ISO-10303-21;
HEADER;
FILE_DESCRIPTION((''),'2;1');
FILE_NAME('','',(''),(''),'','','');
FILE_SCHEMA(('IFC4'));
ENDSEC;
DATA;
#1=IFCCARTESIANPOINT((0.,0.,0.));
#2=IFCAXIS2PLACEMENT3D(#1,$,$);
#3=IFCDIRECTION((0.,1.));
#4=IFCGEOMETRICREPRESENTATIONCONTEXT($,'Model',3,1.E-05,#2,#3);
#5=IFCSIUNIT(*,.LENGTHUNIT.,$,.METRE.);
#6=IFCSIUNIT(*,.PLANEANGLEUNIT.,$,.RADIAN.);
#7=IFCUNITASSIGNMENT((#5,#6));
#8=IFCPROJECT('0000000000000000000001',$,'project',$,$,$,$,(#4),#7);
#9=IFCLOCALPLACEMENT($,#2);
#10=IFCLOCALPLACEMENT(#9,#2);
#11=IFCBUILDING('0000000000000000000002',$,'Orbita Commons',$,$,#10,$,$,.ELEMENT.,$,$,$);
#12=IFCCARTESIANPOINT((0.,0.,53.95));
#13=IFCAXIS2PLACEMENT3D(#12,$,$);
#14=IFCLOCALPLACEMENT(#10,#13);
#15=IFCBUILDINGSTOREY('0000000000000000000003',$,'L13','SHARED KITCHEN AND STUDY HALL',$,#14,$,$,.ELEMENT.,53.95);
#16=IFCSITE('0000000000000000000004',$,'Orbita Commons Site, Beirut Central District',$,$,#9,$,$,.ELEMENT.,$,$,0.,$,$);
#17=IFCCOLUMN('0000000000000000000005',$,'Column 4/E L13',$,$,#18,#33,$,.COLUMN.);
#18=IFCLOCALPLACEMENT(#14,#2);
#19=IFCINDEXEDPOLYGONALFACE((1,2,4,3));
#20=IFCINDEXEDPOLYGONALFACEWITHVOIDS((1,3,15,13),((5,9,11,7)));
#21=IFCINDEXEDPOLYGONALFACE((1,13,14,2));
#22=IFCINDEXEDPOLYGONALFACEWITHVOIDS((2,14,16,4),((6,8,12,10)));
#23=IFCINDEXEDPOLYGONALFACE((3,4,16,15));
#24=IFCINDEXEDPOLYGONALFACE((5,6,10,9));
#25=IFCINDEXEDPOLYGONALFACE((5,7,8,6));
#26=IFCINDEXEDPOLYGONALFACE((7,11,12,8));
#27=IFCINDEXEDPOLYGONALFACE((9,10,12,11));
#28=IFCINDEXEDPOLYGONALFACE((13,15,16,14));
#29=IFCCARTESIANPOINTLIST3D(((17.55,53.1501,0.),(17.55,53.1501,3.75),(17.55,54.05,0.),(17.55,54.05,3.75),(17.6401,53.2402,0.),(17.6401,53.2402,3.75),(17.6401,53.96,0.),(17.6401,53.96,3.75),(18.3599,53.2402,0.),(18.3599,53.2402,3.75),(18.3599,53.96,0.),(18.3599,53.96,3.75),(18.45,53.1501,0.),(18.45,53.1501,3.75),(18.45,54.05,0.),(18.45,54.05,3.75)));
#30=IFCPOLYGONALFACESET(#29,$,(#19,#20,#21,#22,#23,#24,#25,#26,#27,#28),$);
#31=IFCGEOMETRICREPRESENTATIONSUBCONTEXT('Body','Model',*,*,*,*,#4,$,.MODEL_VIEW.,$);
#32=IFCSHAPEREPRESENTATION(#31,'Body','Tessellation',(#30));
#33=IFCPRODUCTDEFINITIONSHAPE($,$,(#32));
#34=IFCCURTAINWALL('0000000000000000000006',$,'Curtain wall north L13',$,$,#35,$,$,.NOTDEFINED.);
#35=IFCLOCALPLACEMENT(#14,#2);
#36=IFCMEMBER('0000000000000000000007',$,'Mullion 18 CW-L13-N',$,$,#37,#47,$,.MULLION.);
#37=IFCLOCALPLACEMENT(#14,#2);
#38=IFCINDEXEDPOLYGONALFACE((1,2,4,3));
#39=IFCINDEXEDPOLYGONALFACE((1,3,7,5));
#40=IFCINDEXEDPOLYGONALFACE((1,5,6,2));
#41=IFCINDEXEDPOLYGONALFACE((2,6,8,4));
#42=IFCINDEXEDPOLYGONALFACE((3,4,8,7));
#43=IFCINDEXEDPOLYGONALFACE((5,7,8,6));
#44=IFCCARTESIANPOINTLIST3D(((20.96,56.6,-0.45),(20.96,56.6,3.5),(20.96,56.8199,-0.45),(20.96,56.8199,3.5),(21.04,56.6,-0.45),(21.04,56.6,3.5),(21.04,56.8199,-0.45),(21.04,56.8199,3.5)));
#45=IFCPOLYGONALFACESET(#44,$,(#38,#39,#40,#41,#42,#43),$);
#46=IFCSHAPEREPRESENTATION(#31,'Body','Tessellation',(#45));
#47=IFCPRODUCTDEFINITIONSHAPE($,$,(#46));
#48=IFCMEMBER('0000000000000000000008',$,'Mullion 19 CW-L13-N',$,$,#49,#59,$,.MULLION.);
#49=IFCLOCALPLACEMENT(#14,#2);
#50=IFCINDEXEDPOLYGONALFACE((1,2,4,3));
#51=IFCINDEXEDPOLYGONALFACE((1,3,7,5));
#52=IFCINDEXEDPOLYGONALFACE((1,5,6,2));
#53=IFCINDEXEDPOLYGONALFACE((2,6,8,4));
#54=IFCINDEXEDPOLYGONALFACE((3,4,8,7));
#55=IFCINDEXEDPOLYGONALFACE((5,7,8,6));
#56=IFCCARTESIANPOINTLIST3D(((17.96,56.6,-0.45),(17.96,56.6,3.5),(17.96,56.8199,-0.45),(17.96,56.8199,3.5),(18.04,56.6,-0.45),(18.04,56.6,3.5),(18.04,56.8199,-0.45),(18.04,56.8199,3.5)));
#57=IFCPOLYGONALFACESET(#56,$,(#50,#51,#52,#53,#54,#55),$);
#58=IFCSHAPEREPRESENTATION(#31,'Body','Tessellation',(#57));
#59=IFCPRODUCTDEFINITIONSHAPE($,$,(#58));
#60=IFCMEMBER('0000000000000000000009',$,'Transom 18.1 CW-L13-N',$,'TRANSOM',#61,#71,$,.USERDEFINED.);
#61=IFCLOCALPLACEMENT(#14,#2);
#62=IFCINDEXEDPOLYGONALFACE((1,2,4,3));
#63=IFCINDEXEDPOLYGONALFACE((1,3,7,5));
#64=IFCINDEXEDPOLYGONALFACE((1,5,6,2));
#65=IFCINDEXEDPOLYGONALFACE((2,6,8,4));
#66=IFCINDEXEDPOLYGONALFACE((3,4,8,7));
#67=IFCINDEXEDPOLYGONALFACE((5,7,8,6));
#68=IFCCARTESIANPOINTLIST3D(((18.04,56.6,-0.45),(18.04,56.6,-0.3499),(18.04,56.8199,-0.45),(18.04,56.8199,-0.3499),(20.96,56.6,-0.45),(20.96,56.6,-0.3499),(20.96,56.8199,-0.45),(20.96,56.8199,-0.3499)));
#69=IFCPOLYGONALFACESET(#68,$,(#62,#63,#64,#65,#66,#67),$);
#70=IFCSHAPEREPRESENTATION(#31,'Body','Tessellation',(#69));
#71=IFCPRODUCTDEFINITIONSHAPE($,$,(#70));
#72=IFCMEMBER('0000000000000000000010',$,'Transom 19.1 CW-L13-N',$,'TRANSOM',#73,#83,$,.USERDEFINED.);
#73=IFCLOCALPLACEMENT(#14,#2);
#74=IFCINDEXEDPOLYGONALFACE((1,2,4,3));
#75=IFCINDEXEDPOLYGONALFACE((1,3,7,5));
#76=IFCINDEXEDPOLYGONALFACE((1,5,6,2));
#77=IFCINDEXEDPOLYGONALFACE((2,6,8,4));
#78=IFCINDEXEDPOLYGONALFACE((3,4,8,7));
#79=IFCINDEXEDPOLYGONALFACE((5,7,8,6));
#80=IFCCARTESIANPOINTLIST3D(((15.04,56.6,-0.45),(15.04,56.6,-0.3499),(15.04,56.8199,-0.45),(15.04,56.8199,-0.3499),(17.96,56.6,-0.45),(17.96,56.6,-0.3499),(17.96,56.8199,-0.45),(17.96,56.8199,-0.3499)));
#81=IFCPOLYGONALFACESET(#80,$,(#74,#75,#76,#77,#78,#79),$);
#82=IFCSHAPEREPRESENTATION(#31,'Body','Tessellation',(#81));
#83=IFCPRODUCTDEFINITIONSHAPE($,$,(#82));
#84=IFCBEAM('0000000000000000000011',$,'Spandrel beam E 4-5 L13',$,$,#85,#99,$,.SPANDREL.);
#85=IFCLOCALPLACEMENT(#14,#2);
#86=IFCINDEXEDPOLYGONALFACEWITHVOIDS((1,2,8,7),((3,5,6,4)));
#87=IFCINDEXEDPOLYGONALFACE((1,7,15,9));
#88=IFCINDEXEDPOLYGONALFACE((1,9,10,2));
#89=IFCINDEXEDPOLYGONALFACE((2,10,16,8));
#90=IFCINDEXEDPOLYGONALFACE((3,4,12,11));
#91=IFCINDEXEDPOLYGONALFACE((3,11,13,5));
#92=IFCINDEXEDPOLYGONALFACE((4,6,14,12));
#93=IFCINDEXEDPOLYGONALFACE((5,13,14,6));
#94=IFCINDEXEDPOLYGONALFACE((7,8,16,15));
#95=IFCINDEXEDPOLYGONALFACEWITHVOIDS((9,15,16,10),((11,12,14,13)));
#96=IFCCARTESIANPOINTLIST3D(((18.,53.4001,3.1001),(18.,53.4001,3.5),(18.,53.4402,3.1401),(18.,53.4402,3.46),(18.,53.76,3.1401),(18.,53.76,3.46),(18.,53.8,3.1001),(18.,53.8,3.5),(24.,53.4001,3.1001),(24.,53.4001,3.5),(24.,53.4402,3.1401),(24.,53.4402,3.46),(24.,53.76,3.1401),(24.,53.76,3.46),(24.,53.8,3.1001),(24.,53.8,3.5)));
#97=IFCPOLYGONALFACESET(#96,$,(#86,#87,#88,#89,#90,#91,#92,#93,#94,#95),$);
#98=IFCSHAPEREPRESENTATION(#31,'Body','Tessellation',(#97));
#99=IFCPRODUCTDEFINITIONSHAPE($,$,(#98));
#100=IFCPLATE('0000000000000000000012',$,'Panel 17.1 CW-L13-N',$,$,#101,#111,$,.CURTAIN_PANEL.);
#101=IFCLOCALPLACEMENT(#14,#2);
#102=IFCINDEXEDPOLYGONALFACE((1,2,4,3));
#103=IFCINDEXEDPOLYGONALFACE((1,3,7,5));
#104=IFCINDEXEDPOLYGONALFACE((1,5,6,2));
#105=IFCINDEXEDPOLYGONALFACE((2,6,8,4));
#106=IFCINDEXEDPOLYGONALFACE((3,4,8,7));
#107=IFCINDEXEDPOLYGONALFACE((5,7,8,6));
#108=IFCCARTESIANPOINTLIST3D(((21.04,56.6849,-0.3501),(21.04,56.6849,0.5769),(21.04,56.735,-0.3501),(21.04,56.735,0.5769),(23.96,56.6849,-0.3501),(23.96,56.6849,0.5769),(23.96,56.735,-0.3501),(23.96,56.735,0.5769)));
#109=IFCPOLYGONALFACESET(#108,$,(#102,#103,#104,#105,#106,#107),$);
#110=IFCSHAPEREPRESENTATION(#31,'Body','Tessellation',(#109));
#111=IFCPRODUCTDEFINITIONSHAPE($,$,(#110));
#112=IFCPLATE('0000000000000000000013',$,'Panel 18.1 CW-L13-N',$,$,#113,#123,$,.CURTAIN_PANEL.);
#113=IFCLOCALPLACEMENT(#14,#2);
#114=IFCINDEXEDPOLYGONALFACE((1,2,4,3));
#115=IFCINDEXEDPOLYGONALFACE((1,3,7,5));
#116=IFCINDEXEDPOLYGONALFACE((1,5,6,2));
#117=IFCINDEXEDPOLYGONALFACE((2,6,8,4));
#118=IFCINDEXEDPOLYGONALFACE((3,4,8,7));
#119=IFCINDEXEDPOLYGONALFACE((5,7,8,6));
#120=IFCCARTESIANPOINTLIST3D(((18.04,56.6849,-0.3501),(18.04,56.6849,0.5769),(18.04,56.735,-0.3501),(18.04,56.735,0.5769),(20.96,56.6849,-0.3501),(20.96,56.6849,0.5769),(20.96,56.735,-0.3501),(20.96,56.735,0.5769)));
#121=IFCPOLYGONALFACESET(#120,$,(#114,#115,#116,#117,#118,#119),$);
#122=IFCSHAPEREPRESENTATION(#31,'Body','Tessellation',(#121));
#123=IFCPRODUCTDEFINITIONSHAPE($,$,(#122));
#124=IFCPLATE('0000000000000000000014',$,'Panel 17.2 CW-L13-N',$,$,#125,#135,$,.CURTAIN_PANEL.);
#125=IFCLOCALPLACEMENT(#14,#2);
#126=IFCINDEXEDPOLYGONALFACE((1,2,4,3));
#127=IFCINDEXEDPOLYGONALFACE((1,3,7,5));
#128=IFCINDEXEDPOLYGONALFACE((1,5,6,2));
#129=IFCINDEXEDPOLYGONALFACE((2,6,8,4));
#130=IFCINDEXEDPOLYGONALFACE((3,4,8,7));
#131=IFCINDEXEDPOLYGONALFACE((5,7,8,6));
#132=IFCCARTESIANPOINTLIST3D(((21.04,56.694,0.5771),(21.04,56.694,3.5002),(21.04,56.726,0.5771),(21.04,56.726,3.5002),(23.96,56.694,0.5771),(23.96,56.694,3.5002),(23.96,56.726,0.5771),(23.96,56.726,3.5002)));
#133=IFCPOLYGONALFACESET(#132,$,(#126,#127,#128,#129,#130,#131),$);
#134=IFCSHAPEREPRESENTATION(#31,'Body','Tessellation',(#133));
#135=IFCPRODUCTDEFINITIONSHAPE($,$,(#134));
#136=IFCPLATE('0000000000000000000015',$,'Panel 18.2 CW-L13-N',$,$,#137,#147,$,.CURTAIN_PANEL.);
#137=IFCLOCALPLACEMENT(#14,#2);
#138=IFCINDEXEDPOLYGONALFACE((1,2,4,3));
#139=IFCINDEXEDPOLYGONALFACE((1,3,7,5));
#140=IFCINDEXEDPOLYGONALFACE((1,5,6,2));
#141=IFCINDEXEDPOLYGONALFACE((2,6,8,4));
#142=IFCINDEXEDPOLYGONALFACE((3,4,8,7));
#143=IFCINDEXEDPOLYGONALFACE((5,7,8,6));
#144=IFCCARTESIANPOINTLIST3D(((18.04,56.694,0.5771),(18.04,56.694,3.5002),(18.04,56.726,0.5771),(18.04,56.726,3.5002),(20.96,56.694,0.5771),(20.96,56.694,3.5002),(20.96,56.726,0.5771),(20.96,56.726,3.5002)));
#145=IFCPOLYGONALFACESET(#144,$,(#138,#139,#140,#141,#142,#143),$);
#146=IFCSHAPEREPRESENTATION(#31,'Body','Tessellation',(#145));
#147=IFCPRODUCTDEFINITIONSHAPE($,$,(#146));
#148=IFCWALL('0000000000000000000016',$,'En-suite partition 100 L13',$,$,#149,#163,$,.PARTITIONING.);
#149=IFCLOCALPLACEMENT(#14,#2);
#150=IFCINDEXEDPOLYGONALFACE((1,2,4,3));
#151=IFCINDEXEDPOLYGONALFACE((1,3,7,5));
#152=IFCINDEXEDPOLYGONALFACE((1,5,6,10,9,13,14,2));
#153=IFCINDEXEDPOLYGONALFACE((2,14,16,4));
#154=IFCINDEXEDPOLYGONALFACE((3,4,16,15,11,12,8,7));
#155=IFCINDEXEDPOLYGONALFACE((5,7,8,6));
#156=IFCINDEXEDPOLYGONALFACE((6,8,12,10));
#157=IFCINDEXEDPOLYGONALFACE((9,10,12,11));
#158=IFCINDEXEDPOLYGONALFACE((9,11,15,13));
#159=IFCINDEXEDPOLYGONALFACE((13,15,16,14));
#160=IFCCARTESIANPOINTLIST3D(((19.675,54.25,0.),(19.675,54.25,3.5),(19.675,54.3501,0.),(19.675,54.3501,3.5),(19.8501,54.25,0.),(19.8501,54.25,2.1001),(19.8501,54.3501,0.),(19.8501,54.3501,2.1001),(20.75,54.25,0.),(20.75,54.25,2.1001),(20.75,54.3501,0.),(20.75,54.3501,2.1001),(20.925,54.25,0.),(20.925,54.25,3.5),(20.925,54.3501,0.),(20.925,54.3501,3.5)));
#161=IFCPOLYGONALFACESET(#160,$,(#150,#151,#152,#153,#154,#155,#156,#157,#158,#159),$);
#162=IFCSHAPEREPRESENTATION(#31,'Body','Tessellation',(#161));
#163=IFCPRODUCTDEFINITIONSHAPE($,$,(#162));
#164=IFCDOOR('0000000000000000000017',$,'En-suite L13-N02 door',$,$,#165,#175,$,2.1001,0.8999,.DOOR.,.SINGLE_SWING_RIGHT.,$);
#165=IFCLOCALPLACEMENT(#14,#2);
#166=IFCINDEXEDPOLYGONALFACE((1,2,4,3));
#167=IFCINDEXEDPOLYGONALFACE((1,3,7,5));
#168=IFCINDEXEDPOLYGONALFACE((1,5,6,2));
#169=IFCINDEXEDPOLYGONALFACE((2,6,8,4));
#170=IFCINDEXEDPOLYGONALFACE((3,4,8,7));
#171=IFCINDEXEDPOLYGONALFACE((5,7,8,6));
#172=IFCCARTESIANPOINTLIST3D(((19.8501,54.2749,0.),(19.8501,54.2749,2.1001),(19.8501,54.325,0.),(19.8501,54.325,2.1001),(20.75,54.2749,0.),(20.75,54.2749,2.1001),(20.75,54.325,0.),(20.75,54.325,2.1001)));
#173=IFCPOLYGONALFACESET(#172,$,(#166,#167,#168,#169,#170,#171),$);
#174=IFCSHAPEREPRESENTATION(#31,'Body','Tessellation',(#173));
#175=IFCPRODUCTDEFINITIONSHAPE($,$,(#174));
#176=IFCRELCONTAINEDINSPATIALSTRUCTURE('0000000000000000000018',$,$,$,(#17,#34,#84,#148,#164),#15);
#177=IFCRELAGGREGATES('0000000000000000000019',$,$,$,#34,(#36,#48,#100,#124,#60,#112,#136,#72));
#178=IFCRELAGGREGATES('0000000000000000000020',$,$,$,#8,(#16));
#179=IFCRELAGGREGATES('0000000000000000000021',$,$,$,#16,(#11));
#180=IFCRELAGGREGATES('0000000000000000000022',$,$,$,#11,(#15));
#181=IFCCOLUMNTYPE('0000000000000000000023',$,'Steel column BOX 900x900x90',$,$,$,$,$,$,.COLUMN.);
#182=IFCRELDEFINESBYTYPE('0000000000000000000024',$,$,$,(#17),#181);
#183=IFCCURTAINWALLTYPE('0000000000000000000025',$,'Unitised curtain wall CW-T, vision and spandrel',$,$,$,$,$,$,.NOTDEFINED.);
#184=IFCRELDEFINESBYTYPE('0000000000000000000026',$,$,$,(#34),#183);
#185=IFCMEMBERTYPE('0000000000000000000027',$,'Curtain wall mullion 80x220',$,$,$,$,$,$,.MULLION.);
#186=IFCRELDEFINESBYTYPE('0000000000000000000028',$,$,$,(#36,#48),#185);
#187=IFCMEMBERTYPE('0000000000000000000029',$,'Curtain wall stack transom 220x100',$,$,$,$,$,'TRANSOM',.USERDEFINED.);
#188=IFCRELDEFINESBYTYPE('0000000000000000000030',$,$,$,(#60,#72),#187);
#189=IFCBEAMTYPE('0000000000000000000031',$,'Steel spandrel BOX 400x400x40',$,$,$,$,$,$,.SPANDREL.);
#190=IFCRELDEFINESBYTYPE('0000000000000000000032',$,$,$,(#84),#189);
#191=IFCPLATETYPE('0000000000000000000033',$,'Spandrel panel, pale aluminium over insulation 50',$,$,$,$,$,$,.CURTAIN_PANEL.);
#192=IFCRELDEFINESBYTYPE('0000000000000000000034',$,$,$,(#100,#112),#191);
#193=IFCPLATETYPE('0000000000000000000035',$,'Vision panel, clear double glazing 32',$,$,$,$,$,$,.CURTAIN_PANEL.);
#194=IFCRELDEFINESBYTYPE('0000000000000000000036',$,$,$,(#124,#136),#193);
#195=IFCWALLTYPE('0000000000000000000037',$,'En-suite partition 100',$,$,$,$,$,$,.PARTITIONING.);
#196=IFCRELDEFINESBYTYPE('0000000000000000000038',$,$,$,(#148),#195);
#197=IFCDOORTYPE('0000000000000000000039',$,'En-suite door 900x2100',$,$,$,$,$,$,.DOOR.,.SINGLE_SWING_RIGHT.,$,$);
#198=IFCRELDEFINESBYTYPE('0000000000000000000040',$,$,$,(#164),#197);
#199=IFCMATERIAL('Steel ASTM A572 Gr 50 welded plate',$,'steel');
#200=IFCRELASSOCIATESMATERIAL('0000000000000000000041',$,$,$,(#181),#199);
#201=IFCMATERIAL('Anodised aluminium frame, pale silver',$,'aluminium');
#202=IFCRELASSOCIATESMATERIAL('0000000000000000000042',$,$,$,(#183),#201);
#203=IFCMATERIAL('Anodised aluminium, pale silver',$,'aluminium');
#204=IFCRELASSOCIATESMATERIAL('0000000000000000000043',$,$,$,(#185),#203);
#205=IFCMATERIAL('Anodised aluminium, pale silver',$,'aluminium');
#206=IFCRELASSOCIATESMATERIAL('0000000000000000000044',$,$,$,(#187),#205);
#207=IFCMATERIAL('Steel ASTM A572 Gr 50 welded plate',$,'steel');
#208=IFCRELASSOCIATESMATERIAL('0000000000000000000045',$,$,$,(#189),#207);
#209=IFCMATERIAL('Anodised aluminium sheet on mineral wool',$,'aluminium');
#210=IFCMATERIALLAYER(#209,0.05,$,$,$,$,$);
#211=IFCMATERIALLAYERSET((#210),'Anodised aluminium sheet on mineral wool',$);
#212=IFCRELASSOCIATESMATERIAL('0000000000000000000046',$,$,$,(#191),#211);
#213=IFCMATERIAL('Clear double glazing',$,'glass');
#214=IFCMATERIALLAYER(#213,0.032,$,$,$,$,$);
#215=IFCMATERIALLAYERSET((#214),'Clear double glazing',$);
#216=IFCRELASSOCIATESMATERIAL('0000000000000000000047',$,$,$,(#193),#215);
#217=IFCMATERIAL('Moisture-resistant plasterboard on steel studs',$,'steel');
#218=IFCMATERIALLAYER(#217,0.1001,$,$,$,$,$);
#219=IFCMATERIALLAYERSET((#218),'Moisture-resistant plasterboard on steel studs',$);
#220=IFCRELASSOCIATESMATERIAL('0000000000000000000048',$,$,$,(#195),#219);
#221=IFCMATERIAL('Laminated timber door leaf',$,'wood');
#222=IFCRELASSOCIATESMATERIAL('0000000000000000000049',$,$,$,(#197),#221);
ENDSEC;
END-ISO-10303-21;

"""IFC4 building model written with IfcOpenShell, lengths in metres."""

from ifc_helpers import new_model, si_unit, direction, frame, frame_2d, origin, origin_2d, place, context, subcontext, project, spatial, rectangle, hollow_rectangle, extrude, material, layer, layer_set, material_profile, profile_set, type_object, element, fill, aggregate, save


model = new_model("IFC4")

# Units and contexts
model_context = context("Model", 3, precision=1e-05, world=origin(), true_north=direction((0.0, 1.0)))
body_context = subcontext(model_context, "Body", "Model", "MODEL_VIEW")
ifc_project = project(units=[si_unit("LENGTHUNIT", "METRE"), si_unit("PLANEANGLEUNIT", "RADIAN")], contexts=[model_context])

# Site, building, storey
site_placement = place(None, origin())
site = spatial("IfcSite", under=ifc_project, at=site_placement, Name="Orbita Commons Site, Beirut Central District", CompositionType="ELEMENT", RefElevation=0.0)
building_placement = place(site_placement, origin())
building = spatial("IfcBuilding", under=site, at=building_placement, Name="Orbita Commons", CompositionType="ELEMENT")
storey_placement = place(building_placement, frame((0.0, 0.0, 53.95)))
storey = spatial("IfcBuildingStorey", under=building, at=storey_placement, Name="L13", Description="SHARED KITCHEN AND STUDY HALL", CompositionType="ELEMENT", Elevation=53.95)

# Column
ifc_material_1 = material(Name="Steel ASTM A572 Gr 50 welded plate", Category="steel")
ifc_material_profile_1 = material_profile(ifc_material_1, hollow_rectangle(XDim=0.8999, YDim=0.8999, WallThickness=0.0901, at=origin_2d()), Name="BOX 900x900x90")
ifc_profile_set_1 = profile_set([ifc_material_profile_1], Name="Steel ASTM A572 Gr 50 welded plate")
column_type = type_object("IfcColumnType", Name="Steel column BOX 900x900x90", PredefinedType="COLUMN", material=ifc_profile_set_1)
column_placement = place(storey_placement, frame((18.0, 53.6001, 0.0), z_axis=(0.0, 0.0, 1.0), x_axis=(1.0, 0.0, 0.0)))
element("IfcColumn", 1, at=column_placement, inside=storey, type_object=column_type, Name="Column 4/E L13", PredefinedType="COLUMN", context=body_context, shape_type="SweptSolid", body=[
    extrude(hollow_rectangle(XDim=0.8999, YDim=0.8999, WallThickness=0.0901, at=origin_2d()), origin(), (0.0, 0.0, 1.0), 3.75),
])

# Curtain wall, members
ifc_material_2 = material(Name="Anodised aluminium frame, pale silver", Category="aluminium")
curtain_wall_type = type_object("IfcCurtainWallType", Name="Unitised curtain wall CW-T, vision and spandrel", PredefinedType="NOTDEFINED", material=ifc_material_2)
curtain_wall_placement = place(storey_placement, origin())
curtain_wall = element("IfcCurtainWall", 2, at=curtain_wall_placement, inside=storey, type_object=curtain_wall_type, Name="Curtain wall north L13", PredefinedType="NOTDEFINED")
ifc_material_3 = material(Name="Anodised aluminium, pale silver", Category="aluminium")
ifc_material_profile_2 = material_profile(ifc_material_3, rectangle(XDim=0.0801, YDim=0.22, at=origin_2d()), Name="AL 80x220")
ifc_profile_set_2 = profile_set([ifc_material_profile_2], Name="Anodised aluminium, pale silver")
member_type_1 = type_object("IfcMemberType", Name="Curtain wall mullion 80x220", PredefinedType="MULLION", material=ifc_profile_set_2)
member_1_placement = place(storey_placement, frame((21.0, 56.71, -0.45), z_axis=(0.0, 0.0, 1.0), x_axis=(-1.0, 0.0, 0.0)))
member_1 = element("IfcMember", 3, at=member_1_placement, type_object=member_type_1, Name="Mullion 18 CW-L13-N", PredefinedType="MULLION", context=body_context, shape_type="SweptSolid", body=[
    extrude(rectangle(XDim=0.0801, YDim=0.22, at=origin_2d()), origin(), (0.0, 0.0, 1.0), 3.95),
])
member_2_placement = place(storey_placement, frame((18.0, 56.71, -0.45), z_axis=(0.0, 0.0, 1.0), x_axis=(-1.0, 0.0, 0.0)))
member_2 = element("IfcMember", 4, at=member_2_placement, type_object=member_type_1, Name="Mullion 19 CW-L13-N", PredefinedType="MULLION", context=body_context, shape_type="SweptSolid", body=[
    extrude(rectangle(XDim=0.0801, YDim=0.22, at=origin_2d()), origin(), (0.0, 0.0, 1.0), 3.95),
])
ifc_material_4 = material(Name="Anodised aluminium, pale silver", Category="aluminium")
ifc_material_profile_3 = material_profile(ifc_material_4, rectangle(XDim=0.22, YDim=0.1001, at=origin_2d()), Name="AL 220x100")
ifc_profile_set_3 = profile_set([ifc_material_profile_3], Name="Anodised aluminium, pale silver")
member_type_2 = type_object("IfcMemberType", Name="Curtain wall stack transom 220x100", ElementType="TRANSOM", PredefinedType="USERDEFINED", material=ifc_profile_set_3)
member_3_placement = place(storey_placement, frame((20.96, 56.71, -0.3999), z_axis=(-1.0, 0.0, 0.0), x_axis=(0.0, -1.0, 0.0)))
member_3 = element("IfcMember", 5, at=member_3_placement, type_object=member_type_2, Name="Transom 18.1 CW-L13-N", ObjectType="TRANSOM", PredefinedType="USERDEFINED", context=body_context, shape_type="SweptSolid", body=[
    extrude(rectangle(XDim=0.22, YDim=0.1001, at=origin_2d()), origin(), (0.0, 0.0, 1.0), 2.9199),
])
member_4_placement = place(storey_placement, frame((17.96, 56.71, -0.3999), z_axis=(-1.0, 0.0, 0.0), x_axis=(0.0, -1.0, 0.0)))
member_4 = element("IfcMember", 6, at=member_4_placement, type_object=member_type_2, Name="Transom 19.1 CW-L13-N", ObjectType="TRANSOM", PredefinedType="USERDEFINED", context=body_context, shape_type="SweptSolid", body=[
    extrude(rectangle(XDim=0.22, YDim=0.1001, at=origin_2d()), origin(), (0.0, 0.0, 1.0), 2.9199),
])

# Beam
ifc_material_5 = material(Name="Steel ASTM A572 Gr 50 welded plate", Category="steel")
ifc_material_profile_4 = material_profile(ifc_material_5, hollow_rectangle(XDim=0.3999, YDim=0.3999, WallThickness=0.04, at=origin_2d()), Name="BOX 400x400x40")
ifc_profile_set_4 = profile_set([ifc_material_profile_4], Name="Steel ASTM A572 Gr 50 welded plate")
beam_type = type_object("IfcBeamType", Name="Steel spandrel BOX 400x400x40", PredefinedType="SPANDREL", material=ifc_profile_set_4)
beam_placement = place(storey_placement, frame((18.0, 53.6001, 3.3), z_axis=(1.0, 0.0, 0.0), x_axis=(0.0, 1.0, 0.0)))
element("IfcBeam", 7, at=beam_placement, inside=storey, type_object=beam_type, Name="Spandrel beam E 4-5 L13", PredefinedType="SPANDREL", context=body_context, shape_type="SweptSolid", body=[
    extrude(hollow_rectangle(XDim=0.3999, YDim=0.3999, WallThickness=0.04, at=origin_2d()), origin(), (0.0, 0.0, 1.0), 6.0),
])

# Plates
ifc_material_6 = material(Name="Anodised aluminium sheet on mineral wool", Category="aluminium")
ifc_layer_1 = layer(ifc_material_6, 0.05)
ifc_layer_set_1 = layer_set([ifc_layer_1], Name="Anodised aluminium sheet on mineral wool")
plate_type_1 = type_object("IfcPlateType", Name="Spandrel panel, pale aluminium over insulation 50", PredefinedType="CURTAIN_PANEL", material=ifc_layer_set_1)
plate_1_placement = place(storey_placement, frame((22.5, 56.71, -0.3501), z_axis=(0.0, 0.0, 1.0), x_axis=(-1.0, 0.0, 0.0)))
plate_1 = element("IfcPlate", 8, at=plate_1_placement, type_object=plate_type_1, Name="Panel 17.1 CW-L13-N", PredefinedType="CURTAIN_PANEL", context=body_context, shape_type="SweptSolid", body=[
    extrude(rectangle(XDim=2.9199, YDim=0.05, at=origin_2d()), origin(), (0.0, 0.0, 1.0), 0.927),
])
plate_2_placement = place(storey_placement, frame((19.5, 56.71, -0.3501), z_axis=(0.0, 0.0, 1.0), x_axis=(-1.0, 0.0, 0.0)))
plate_2 = element("IfcPlate", 9, at=plate_2_placement, type_object=plate_type_1, Name="Panel 18.1 CW-L13-N", PredefinedType="CURTAIN_PANEL", context=body_context, shape_type="SweptSolid", body=[
    extrude(rectangle(XDim=2.9199, YDim=0.05, at=origin_2d()), origin(), (0.0, 0.0, 1.0), 0.927),
])
ifc_material_7 = material(Name="Clear double glazing", Category="glass")
ifc_layer_2 = layer(ifc_material_7, 0.032)
ifc_layer_set_2 = layer_set([ifc_layer_2], Name="Clear double glazing")
plate_type_2 = type_object("IfcPlateType", Name="Vision panel, clear double glazing 32", PredefinedType="CURTAIN_PANEL", material=ifc_layer_set_2)
plate_3_placement = place(storey_placement, frame((22.5, 56.71, 0.5771), z_axis=(0.0, 0.0, 1.0), x_axis=(-1.0, 0.0, 0.0)))
plate_3 = element("IfcPlate", 10, at=plate_3_placement, type_object=plate_type_2, Name="Panel 17.2 CW-L13-N", PredefinedType="CURTAIN_PANEL", context=body_context, shape_type="SweptSolid", body=[
    extrude(rectangle(XDim=2.9199, YDim=0.032, at=origin_2d()), origin(), (0.0, 0.0, 1.0), 2.9231),
])
plate_4_placement = place(storey_placement, frame((19.5, 56.71, 0.5771), z_axis=(0.0, 0.0, 1.0), x_axis=(-1.0, 0.0, 0.0)))
plate_4 = element("IfcPlate", 11, at=plate_4_placement, type_object=plate_type_2, Name="Panel 18.2 CW-L13-N", PredefinedType="CURTAIN_PANEL", context=body_context, shape_type="SweptSolid", body=[
    extrude(rectangle(XDim=2.9199, YDim=0.032, at=origin_2d()), origin(), (0.0, 0.0, 1.0), 2.9231),
])
aggregate(curtain_wall, [member_1, member_2, plate_1, plate_3, member_3, plate_2, plate_4, member_4])

# Wall, opening, door
ifc_material_8 = material(Name="Moisture-resistant plasterboard on steel studs", Category="steel")
ifc_layer_3 = layer(ifc_material_8, 0.1001)
ifc_layer_set_3 = layer_set([ifc_layer_3], Name="Moisture-resistant plasterboard on steel studs")
wall_type_1 = type_object("IfcWallType", Name="En-suite partition 100", PredefinedType="PARTITIONING", material=ifc_layer_set_3)
wall_1_placement = place(storey_placement, frame((19.675, 54.3, 0.0), z_axis=(0.0, 0.0, 1.0), x_axis=(1.0, 0.0, 0.0)))
wall_1 = element("IfcWall", 12, at=wall_1_placement, inside=storey, type_object=wall_type_1, Name="En-suite partition 100 L13", PredefinedType="PARTITIONING", context=body_context, shape_type="SweptSolid", body=[
    extrude(rectangle(XDim=1.25, YDim=0.1001, at=frame_2d((0.625, 0.0))), origin(), (0.0, 0.0, 1.0), 3.5),
])
opening_1_placement = place(wall_1_placement, frame((0.175, 0.0, 0.0)))
opening_1 = element("IfcOpeningElement", 13, at=opening_1_placement, cuts=wall_1, PredefinedType="OPENING", context=body_context, shape_type="SweptSolid", body=[
    extrude(rectangle(XDim=0.8999, YDim=2.1001, at=frame_2d((0.45, 1.05))), frame((0.0, 0.0601, 0.0), z_axis=(0.0, -1.0, 0.0), x_axis=(1.0, 0.0, 0.0)), (0.0, 0.0, 1.0), 0.1201),
])
ifc_material_9 = material(Name="Laminated timber door leaf", Category="wood")
door_type = type_object("IfcDoorType", Name="En-suite door 900x2100", OperationType="SINGLE_SWING_RIGHT", PredefinedType="DOOR", material=ifc_material_9)
door_1_placement = place(opening_1_placement, origin())
door_1 = element("IfcDoor", 14, at=door_1_placement, inside=storey, type_object=door_type, Name="En-suite L13-N02 door", OperationType="SINGLE_SWING_RIGHT", OverallHeight=2.1001, OverallWidth=0.8999, PredefinedType="DOOR", context=body_context, shape_type="SweptSolid", body=[
    extrude(rectangle(XDim=0.8999, YDim=2.1001, at=frame_2d((0.45, 1.05))), frame((0.0, 0.0249, 0.0), z_axis=(0.0, -1.0, 0.0), x_axis=(1.0, 0.0, 0.0)), (0.0, 0.0, 1.0), 0.05),
])
fill(opening_1, door_1)

save(model, "model.ifc")
